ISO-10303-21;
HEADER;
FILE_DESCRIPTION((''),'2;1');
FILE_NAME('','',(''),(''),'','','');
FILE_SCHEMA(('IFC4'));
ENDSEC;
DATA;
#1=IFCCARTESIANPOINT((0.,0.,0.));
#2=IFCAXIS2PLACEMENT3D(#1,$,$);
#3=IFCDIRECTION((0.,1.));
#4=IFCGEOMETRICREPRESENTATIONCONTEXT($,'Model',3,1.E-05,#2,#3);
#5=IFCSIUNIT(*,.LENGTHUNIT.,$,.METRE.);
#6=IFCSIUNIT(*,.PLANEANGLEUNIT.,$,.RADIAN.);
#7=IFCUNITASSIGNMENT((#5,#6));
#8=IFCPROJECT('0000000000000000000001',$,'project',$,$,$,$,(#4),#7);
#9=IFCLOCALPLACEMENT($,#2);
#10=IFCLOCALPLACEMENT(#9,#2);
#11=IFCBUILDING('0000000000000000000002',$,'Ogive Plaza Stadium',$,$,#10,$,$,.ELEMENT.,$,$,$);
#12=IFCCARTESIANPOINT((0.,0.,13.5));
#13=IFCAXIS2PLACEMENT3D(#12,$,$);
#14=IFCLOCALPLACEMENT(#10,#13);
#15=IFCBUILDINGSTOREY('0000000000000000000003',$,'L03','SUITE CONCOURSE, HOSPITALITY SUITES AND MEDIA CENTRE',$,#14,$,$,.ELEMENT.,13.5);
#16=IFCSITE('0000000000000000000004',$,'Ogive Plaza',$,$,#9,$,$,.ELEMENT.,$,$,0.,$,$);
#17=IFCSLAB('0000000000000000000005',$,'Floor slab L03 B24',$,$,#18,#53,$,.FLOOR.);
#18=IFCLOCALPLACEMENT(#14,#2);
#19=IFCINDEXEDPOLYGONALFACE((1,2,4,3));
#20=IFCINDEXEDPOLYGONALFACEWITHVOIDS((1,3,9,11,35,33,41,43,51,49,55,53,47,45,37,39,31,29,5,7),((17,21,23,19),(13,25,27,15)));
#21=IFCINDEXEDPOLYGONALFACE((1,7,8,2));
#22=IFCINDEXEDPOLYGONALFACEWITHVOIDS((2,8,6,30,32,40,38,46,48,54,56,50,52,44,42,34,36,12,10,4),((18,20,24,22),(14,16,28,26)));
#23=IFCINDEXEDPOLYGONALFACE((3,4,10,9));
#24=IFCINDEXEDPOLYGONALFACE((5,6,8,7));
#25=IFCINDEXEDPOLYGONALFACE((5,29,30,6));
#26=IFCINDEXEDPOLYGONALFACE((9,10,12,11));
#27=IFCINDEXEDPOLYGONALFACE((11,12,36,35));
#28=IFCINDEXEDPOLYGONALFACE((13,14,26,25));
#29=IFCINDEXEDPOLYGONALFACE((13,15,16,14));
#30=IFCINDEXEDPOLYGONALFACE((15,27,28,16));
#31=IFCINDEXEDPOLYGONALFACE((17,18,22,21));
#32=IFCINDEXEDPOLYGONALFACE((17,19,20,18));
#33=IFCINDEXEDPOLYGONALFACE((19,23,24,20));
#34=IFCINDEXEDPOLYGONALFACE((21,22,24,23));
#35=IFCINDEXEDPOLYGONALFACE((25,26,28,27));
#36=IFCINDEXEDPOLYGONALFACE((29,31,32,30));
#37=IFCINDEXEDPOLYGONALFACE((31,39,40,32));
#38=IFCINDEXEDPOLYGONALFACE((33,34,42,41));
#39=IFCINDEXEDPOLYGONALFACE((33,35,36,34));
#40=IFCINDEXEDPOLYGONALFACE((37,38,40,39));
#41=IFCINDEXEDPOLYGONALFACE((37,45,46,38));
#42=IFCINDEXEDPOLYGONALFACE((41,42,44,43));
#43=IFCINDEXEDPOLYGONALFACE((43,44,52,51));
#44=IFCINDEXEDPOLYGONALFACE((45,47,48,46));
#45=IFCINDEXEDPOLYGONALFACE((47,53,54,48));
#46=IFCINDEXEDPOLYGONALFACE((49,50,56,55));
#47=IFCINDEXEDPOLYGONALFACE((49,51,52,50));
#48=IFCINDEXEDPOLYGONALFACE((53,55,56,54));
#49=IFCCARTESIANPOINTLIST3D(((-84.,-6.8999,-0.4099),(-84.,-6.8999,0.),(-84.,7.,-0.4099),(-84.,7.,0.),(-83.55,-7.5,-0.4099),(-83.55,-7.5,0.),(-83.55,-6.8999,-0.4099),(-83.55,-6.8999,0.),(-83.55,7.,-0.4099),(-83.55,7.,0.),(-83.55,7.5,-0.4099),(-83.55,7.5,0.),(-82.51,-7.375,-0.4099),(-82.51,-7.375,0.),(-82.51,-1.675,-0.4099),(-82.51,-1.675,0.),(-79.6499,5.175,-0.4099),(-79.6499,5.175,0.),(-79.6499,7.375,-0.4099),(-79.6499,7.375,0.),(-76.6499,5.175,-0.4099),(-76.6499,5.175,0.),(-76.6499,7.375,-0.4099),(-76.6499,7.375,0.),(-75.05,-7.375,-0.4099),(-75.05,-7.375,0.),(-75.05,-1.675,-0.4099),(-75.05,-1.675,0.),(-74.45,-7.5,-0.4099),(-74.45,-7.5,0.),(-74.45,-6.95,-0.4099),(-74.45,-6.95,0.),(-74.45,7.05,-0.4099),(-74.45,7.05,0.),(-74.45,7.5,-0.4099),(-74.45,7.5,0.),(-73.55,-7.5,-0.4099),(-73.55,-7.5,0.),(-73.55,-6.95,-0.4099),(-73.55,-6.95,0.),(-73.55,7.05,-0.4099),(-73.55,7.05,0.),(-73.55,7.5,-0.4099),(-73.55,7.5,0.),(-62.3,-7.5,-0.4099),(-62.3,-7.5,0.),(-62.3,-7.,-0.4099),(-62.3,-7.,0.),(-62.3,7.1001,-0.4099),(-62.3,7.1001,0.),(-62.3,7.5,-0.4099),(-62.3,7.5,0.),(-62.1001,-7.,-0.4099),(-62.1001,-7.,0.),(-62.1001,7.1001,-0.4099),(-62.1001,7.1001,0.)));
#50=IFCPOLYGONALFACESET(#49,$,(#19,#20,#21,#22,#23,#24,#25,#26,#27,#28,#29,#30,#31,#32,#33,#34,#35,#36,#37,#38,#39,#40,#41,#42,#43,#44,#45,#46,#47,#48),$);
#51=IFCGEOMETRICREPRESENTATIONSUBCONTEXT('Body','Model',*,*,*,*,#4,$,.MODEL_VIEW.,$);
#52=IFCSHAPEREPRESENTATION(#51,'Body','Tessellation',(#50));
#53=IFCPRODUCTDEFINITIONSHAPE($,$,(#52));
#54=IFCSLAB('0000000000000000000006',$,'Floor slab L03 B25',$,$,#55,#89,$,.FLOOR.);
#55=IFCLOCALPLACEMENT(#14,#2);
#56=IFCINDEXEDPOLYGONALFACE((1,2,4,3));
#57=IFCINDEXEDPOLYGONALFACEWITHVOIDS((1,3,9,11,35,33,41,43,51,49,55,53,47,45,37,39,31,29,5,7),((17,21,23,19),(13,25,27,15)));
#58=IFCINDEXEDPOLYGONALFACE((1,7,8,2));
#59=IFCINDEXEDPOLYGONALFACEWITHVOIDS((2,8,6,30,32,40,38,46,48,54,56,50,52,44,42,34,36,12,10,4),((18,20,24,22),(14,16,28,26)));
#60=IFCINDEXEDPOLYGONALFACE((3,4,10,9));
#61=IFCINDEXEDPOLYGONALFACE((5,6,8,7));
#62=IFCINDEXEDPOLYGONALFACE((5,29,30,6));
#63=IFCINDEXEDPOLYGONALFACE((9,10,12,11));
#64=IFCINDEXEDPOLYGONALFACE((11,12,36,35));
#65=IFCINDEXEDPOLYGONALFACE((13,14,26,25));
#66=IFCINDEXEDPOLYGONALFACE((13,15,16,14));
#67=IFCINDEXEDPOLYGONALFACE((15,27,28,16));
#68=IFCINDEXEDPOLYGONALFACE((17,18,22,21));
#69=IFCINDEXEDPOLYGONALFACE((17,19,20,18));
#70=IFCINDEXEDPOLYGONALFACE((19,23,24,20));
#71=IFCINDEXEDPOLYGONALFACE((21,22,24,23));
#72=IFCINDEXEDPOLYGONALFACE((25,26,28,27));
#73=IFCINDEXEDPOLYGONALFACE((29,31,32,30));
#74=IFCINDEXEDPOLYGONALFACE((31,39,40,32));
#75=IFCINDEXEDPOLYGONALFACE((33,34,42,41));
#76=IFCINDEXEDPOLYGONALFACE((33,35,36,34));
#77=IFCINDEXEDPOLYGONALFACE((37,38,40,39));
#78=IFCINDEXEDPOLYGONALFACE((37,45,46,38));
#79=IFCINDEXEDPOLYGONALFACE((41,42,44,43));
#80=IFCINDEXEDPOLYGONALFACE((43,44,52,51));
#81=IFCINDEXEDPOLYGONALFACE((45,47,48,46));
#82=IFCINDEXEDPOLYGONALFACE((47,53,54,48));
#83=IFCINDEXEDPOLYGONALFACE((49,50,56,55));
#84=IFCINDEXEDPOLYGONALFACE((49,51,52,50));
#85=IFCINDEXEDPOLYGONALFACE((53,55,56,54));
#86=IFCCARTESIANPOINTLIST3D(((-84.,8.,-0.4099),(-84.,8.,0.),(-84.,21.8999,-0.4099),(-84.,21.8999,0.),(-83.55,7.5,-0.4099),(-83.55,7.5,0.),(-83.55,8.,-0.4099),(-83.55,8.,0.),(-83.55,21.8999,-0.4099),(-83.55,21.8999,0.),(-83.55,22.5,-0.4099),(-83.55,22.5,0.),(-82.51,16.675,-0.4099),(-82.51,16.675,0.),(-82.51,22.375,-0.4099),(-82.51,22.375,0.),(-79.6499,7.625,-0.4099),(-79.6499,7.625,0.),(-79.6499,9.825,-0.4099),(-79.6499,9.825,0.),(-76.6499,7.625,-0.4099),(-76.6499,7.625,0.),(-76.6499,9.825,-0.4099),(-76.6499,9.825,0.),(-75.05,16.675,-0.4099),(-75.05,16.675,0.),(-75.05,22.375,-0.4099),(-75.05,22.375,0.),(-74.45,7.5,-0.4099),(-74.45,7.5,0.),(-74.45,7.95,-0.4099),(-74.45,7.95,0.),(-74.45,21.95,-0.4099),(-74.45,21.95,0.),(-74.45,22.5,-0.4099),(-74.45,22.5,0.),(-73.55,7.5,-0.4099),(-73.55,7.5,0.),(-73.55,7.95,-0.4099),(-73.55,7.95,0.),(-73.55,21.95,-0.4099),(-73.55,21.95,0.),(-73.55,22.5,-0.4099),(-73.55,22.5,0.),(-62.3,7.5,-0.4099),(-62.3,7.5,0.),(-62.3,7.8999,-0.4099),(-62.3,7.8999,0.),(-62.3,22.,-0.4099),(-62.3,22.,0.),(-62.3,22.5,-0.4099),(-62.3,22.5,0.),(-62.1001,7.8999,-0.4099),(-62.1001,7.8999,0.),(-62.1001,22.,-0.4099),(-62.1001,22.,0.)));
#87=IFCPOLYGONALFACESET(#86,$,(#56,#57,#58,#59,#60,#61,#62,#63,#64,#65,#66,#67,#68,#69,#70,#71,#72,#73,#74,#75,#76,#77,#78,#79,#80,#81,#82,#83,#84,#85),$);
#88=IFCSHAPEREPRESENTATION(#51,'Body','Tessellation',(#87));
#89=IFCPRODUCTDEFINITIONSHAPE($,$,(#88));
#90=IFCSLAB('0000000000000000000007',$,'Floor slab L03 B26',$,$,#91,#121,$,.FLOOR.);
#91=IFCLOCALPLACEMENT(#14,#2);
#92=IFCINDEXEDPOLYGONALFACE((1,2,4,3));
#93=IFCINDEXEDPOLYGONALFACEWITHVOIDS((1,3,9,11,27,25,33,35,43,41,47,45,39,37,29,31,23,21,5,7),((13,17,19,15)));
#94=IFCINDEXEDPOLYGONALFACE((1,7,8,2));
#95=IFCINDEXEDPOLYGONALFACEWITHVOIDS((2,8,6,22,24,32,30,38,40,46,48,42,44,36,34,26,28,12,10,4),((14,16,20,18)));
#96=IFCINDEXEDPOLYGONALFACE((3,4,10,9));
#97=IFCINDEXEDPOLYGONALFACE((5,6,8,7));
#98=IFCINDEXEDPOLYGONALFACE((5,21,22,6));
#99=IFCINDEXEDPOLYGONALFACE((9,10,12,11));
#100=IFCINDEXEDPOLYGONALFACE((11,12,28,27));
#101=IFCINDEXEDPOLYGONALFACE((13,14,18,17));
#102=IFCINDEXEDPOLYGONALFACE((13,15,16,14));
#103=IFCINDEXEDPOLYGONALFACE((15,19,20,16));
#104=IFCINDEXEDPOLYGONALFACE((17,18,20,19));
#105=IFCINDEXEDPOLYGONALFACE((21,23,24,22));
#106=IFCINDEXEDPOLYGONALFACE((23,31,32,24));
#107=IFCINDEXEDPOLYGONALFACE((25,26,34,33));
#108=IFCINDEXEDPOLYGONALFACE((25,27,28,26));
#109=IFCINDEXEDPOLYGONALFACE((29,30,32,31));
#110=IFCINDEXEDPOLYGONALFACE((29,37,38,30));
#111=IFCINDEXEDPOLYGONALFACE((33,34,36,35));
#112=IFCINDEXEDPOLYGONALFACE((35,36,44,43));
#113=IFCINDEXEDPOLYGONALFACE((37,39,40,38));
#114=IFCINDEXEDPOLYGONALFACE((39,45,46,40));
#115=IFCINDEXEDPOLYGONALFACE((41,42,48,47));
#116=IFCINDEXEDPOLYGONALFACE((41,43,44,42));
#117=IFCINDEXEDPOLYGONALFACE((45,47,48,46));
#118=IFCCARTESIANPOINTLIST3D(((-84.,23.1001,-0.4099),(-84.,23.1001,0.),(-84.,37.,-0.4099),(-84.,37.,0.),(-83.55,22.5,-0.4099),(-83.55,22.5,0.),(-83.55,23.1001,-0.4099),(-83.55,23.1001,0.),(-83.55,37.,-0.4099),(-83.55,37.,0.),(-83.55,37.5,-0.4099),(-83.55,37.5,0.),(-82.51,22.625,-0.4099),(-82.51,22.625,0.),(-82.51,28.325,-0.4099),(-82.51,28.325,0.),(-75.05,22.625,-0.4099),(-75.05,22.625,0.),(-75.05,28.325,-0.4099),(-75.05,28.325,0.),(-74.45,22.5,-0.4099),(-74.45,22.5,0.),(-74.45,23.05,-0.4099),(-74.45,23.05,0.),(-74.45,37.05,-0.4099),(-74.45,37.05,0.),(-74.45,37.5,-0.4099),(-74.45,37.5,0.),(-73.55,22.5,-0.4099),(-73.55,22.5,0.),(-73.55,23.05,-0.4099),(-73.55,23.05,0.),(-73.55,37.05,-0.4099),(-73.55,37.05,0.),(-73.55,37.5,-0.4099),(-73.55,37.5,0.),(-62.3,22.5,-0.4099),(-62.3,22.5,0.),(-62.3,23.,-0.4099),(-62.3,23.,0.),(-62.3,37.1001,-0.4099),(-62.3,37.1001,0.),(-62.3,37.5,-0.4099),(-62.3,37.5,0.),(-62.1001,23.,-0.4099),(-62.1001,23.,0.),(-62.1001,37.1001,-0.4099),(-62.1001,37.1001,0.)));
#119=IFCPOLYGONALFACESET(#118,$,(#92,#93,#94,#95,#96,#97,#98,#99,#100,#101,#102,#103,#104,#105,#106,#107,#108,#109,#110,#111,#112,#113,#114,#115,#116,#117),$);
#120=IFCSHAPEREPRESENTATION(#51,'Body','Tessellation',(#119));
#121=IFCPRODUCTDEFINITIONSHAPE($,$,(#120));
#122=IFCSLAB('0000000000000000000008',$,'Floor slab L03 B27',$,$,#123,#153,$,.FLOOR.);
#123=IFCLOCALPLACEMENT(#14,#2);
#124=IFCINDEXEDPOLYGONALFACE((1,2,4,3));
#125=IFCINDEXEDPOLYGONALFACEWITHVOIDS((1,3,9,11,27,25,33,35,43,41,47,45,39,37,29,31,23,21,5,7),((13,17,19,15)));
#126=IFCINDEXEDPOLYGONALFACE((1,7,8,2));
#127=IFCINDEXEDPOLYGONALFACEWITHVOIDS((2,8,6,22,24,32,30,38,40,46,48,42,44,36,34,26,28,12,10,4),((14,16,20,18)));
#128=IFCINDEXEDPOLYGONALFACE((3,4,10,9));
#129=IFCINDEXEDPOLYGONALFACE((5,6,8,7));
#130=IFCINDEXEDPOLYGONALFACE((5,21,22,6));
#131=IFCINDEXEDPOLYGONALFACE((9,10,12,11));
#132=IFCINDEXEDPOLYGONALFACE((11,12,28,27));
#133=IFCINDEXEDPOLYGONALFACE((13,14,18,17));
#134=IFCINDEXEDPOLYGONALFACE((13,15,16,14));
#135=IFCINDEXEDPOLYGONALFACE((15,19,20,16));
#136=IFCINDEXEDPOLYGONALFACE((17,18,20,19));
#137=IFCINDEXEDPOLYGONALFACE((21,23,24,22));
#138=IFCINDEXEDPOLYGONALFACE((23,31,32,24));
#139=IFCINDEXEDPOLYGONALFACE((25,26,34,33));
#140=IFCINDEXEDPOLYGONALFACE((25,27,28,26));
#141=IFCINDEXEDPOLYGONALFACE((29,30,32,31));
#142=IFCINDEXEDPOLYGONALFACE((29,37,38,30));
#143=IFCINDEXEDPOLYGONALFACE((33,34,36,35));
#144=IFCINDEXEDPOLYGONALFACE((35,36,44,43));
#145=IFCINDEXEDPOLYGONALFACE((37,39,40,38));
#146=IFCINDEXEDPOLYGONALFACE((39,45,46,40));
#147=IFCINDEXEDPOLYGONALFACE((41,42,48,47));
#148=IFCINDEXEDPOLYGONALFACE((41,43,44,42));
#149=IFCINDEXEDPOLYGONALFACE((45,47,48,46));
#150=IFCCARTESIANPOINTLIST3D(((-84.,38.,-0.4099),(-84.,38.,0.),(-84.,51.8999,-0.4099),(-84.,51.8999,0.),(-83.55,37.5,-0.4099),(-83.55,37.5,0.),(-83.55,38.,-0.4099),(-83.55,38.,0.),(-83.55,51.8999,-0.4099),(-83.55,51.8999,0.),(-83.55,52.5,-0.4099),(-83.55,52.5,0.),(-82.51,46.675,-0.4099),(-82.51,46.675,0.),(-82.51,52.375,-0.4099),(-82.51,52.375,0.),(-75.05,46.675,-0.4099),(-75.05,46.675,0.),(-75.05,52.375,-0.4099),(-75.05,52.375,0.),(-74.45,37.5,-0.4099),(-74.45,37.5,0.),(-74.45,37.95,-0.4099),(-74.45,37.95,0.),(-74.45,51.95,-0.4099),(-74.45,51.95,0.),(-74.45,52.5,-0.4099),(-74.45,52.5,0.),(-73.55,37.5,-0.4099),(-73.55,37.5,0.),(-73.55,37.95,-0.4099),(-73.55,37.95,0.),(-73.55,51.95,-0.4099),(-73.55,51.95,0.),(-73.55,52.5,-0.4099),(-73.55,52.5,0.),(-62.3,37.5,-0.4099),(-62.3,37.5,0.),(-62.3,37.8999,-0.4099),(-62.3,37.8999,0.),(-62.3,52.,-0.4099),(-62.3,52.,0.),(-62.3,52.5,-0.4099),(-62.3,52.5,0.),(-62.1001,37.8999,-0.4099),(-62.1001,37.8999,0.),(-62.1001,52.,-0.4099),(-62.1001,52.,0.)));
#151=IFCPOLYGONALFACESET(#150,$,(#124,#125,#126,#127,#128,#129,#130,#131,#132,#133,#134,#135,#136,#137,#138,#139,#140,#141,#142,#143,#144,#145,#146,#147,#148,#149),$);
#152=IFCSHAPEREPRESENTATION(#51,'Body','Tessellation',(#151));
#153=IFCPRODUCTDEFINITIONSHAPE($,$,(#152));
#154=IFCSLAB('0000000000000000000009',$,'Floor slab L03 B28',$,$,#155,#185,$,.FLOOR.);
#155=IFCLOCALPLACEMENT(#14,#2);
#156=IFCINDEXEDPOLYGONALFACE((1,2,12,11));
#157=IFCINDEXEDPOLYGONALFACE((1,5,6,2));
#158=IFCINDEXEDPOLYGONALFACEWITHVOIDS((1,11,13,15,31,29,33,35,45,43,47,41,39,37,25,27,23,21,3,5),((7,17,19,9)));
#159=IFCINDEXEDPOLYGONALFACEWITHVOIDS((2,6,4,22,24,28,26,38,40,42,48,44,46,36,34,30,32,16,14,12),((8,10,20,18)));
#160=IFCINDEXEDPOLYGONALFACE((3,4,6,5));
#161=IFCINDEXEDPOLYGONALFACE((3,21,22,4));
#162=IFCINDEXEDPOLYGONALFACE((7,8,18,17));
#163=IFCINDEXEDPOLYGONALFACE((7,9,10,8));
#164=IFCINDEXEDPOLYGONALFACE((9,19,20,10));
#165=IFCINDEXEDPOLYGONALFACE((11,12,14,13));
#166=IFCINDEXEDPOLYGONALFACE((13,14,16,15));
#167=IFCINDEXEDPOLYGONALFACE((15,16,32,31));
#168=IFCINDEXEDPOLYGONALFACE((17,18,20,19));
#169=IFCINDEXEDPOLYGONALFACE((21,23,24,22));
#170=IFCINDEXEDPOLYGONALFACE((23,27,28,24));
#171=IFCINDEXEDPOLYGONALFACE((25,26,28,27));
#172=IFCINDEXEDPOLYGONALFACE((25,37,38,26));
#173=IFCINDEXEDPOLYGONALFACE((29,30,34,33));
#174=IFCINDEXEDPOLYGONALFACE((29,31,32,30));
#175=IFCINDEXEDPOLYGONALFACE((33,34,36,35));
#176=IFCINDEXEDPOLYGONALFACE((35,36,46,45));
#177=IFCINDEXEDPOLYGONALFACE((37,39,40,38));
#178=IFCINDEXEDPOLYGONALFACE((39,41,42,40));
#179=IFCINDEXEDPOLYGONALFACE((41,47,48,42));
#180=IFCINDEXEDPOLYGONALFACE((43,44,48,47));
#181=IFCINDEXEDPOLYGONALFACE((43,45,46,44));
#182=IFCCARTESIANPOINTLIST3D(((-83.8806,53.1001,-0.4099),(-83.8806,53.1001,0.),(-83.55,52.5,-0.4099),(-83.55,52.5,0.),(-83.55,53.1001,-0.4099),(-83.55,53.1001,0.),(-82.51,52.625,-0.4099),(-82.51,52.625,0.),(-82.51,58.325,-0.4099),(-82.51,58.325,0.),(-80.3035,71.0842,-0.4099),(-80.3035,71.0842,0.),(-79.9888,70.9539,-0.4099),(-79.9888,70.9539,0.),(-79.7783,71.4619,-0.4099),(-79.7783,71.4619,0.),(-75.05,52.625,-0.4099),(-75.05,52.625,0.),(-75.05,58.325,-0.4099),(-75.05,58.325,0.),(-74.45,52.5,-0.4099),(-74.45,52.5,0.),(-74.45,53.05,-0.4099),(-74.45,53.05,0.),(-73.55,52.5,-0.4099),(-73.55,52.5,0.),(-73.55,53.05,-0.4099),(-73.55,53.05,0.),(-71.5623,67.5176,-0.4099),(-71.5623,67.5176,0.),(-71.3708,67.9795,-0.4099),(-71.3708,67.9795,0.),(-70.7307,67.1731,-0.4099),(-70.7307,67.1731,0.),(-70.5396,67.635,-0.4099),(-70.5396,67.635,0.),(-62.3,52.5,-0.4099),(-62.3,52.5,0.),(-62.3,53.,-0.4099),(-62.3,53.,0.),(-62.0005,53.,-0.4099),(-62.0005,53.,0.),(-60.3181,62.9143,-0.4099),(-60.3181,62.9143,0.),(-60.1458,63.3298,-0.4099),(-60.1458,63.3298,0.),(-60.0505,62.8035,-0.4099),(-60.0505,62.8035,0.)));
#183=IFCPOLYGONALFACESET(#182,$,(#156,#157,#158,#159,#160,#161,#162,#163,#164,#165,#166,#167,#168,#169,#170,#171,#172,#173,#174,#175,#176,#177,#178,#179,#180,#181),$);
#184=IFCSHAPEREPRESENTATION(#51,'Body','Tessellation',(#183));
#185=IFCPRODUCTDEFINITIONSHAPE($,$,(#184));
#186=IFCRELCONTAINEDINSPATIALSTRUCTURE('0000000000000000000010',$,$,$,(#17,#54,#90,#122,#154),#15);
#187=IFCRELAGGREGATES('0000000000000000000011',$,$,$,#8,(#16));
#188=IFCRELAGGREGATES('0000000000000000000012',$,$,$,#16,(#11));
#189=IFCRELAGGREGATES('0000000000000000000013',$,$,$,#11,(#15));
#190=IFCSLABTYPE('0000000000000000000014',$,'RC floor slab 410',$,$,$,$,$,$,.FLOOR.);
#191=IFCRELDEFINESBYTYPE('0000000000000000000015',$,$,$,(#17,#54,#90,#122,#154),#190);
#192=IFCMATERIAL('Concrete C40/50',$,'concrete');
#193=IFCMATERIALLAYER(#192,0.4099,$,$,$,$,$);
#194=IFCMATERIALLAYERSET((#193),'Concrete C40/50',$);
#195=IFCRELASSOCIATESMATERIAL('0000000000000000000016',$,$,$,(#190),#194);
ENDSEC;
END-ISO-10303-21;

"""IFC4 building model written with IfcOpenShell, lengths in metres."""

from ifc_helpers import new_model, si_unit, direction, frame, origin, place, context, subcontext, project, spatial, polyline, outline, extrude, material, layer, layer_set, type_object, element, save


model = new_model("IFC4")

# Units and contexts
model_context = context("Model", 3, precision=1e-05, world=origin(), true_north=direction((0.0, 1.0)))
body_context = subcontext(model_context, "Body", "Model", "MODEL_VIEW")
ifc_project = project(units=[si_unit("LENGTHUNIT", "METRE"), si_unit("PLANEANGLEUNIT", "RADIAN")], contexts=[model_context])

# Site, building, storey
site_placement = place(None, origin())
site = spatial("IfcSite", under=ifc_project, at=site_placement, Name="Ogive Plaza", CompositionType="ELEMENT", RefElevation=0.0)
building_placement = place(site_placement, origin())
building = spatial("IfcBuilding", under=site, at=building_placement, Name="Ogive Plaza Stadium", CompositionType="ELEMENT")
storey_placement = place(building_placement, frame((0.0, 0.0, 13.5)))
storey = spatial("IfcBuildingStorey", under=building, at=storey_placement, Name="L03", Description="SUITE CONCOURSE, HOSPITALITY SUITES AND MEDIA CENTRE", CompositionType="ELEMENT", Elevation=13.5)

# Slabs
ifc_material_1 = material(Name="Concrete C40/50", Category="concrete")
ifc_layer_1 = layer(ifc_material_1, 0.4099)
ifc_layer_set_1 = layer_set([ifc_layer_1], Name="Concrete C40/50")
slab_type = type_object("IfcSlabType", Name="RC floor slab 410", PredefinedType="FLOOR", material=ifc_layer_set_1)
slab_1_placement = place(storey_placement, frame((0.0, 0.0, -0.4099)))
element("IfcSlab", 1, at=slab_1_placement, inside=storey, type_object=slab_type, Name="Floor slab L03 B24", PredefinedType="FLOOR", context=body_context, shape_type="SweptSolid", body=[
    extrude(outline(polyline([(-73.55, 7.5), (-73.55, 7.05), (-74.45, 7.05), (-74.45, 7.5), (-83.55, 7.5), (-83.55, 7.0), (-84.0, 7.0), (-84.0, -6.8999), (-83.55, -6.8999), (-83.55, -7.5), (-74.45, -7.5), (-74.45, -6.95), (-73.55, -6.95), (-73.55, -7.5), (-62.3, -7.5), (-62.3, -7.0), (-62.1001, -7.0), (-62.1001, 7.1001), (-62.3, 7.1001), (-62.3, 7.5), (-73.55, 7.5)]), holes=[polyline([(-75.05, -7.375), (-75.05, -1.675), (-82.51, -1.675), (-82.51, -7.375), (-75.05, -7.375)]), polyline([(-76.6499, 5.175), (-76.6499, 7.375), (-79.6499, 7.375), (-79.6499, 5.175), (-76.6499, 5.175)])]), origin(), (0.0, 0.0, 1.0), 0.4099),
])
slab_2_placement = place(storey_placement, frame((0.0, 0.0, -0.4099)))
element("IfcSlab", 2, at=slab_2_placement, inside=storey, type_object=slab_type, Name="Floor slab L03 B25", PredefinedType="FLOOR", context=body_context, shape_type="SweptSolid", body=[
    extrude(outline(polyline([(-73.55, 22.5), (-73.55, 21.95), (-74.45, 21.95), (-74.45, 22.5), (-83.55, 22.5), (-83.55, 21.8999), (-84.0, 21.8999), (-84.0, 8.0), (-83.55, 8.0), (-83.55, 7.5), (-74.45, 7.5), (-74.45, 7.95), (-73.55, 7.95), (-73.55, 7.5), (-62.3, 7.5), (-62.3, 7.8999), (-62.1001, 7.8999), (-62.1001, 22.0), (-62.3, 22.0), (-62.3, 22.5), (-73.55, 22.5)]), holes=[polyline([(-76.6499, 7.625), (-76.6499, 9.825), (-79.6499, 9.825), (-79.6499, 7.625), (-76.6499, 7.625)]), polyline([(-75.05, 16.675), (-75.05, 22.375), (-82.51, 22.375), (-82.51, 16.675), (-75.05, 16.675)])]), origin(), (0.0, 0.0, 1.0), 0.4099),
])
slab_3_placement = place(storey_placement, frame((0.0, 0.0, -0.4099)))
element("IfcSlab", 3, at=slab_3_placement, inside=storey, type_object=slab_type, Name="Floor slab L03 B26", PredefinedType="FLOOR", context=body_context, shape_type="SweptSolid", body=[
    extrude(outline(polyline([(-73.55, 37.5), (-73.55, 37.05), (-74.45, 37.05), (-74.45, 37.5), (-83.55, 37.5), (-83.55, 37.0), (-84.0, 37.0), (-84.0, 23.1001), (-83.55, 23.1001), (-83.55, 22.5), (-74.45, 22.5), (-74.45, 23.05), (-73.55, 23.05), (-73.55, 22.5), (-62.3, 22.5), (-62.3, 23.0), (-62.1001, 23.0), (-62.1001, 37.1001), (-62.3, 37.1001), (-62.3, 37.5), (-73.55, 37.5)]), holes=[polyline([(-75.05, 22.625), (-75.05, 28.325), (-82.51, 28.325), (-82.51, 22.625), (-75.05, 22.625)])]), origin(), (0.0, 0.0, 1.0), 0.4099),
])
slab_4_placement = place(storey_placement, frame((0.0, 0.0, -0.4099)))
element("IfcSlab", 4, at=slab_4_placement, inside=storey, type_object=slab_type, Name="Floor slab L03 B27", PredefinedType="FLOOR", context=body_context, shape_type="SweptSolid", body=[
    extrude(outline(polyline([(-73.55, 52.5), (-73.55, 51.95), (-74.45, 51.95), (-74.45, 52.5), (-83.55, 52.5), (-83.55, 51.8999), (-84.0, 51.8999), (-84.0, 38.0), (-83.55, 38.0), (-83.55, 37.5), (-74.45, 37.5), (-74.45, 37.95), (-73.55, 37.95), (-73.55, 37.5), (-62.3, 37.5), (-62.3, 37.8999), (-62.1001, 37.8999), (-62.1001, 52.0), (-62.3, 52.0), (-62.3, 52.5), (-73.55, 52.5)]), holes=[polyline([(-75.05, 46.675), (-75.05, 52.375), (-82.51, 52.375), (-82.51, 46.675), (-75.05, 46.675)])]), origin(), (0.0, 0.0, 1.0), 0.4099),
])
slab_5_placement = place(storey_placement, frame((0.0, 0.0, -0.4099)))
element("IfcSlab", 5, at=slab_5_placement, inside=storey, type_object=slab_type, Name="Floor slab L03 B28", PredefinedType="FLOOR", context=body_context, shape_type="SweptSolid", body=[
    extrude(outline(polyline([(-70.5396, 67.635), (-70.7307, 67.1731), (-71.5623, 67.5176), (-71.3708, 67.9795), (-79.7783, 71.4619), (-79.9888, 70.9539), (-80.3035, 71.0842), (-83.8806, 53.1001), (-83.55, 53.1001), (-83.55, 52.5), (-74.45, 52.5), (-74.45, 53.05), (-73.55, 53.05), (-73.55, 52.5), (-62.3, 52.5), (-62.3, 53.0), (-62.0005, 53.0), (-60.0505, 62.8035), (-60.3181, 62.9143), (-60.1458, 63.3298), (-70.5396, 67.635)]), holes=[polyline([(-75.05, 58.325), (-82.51, 58.325), (-82.51, 52.625), (-75.05, 52.625), (-75.05, 58.325)])]), origin(), (0.0, 0.0, 1.0), 0.4099),
])

save(model, "model.ifc")
